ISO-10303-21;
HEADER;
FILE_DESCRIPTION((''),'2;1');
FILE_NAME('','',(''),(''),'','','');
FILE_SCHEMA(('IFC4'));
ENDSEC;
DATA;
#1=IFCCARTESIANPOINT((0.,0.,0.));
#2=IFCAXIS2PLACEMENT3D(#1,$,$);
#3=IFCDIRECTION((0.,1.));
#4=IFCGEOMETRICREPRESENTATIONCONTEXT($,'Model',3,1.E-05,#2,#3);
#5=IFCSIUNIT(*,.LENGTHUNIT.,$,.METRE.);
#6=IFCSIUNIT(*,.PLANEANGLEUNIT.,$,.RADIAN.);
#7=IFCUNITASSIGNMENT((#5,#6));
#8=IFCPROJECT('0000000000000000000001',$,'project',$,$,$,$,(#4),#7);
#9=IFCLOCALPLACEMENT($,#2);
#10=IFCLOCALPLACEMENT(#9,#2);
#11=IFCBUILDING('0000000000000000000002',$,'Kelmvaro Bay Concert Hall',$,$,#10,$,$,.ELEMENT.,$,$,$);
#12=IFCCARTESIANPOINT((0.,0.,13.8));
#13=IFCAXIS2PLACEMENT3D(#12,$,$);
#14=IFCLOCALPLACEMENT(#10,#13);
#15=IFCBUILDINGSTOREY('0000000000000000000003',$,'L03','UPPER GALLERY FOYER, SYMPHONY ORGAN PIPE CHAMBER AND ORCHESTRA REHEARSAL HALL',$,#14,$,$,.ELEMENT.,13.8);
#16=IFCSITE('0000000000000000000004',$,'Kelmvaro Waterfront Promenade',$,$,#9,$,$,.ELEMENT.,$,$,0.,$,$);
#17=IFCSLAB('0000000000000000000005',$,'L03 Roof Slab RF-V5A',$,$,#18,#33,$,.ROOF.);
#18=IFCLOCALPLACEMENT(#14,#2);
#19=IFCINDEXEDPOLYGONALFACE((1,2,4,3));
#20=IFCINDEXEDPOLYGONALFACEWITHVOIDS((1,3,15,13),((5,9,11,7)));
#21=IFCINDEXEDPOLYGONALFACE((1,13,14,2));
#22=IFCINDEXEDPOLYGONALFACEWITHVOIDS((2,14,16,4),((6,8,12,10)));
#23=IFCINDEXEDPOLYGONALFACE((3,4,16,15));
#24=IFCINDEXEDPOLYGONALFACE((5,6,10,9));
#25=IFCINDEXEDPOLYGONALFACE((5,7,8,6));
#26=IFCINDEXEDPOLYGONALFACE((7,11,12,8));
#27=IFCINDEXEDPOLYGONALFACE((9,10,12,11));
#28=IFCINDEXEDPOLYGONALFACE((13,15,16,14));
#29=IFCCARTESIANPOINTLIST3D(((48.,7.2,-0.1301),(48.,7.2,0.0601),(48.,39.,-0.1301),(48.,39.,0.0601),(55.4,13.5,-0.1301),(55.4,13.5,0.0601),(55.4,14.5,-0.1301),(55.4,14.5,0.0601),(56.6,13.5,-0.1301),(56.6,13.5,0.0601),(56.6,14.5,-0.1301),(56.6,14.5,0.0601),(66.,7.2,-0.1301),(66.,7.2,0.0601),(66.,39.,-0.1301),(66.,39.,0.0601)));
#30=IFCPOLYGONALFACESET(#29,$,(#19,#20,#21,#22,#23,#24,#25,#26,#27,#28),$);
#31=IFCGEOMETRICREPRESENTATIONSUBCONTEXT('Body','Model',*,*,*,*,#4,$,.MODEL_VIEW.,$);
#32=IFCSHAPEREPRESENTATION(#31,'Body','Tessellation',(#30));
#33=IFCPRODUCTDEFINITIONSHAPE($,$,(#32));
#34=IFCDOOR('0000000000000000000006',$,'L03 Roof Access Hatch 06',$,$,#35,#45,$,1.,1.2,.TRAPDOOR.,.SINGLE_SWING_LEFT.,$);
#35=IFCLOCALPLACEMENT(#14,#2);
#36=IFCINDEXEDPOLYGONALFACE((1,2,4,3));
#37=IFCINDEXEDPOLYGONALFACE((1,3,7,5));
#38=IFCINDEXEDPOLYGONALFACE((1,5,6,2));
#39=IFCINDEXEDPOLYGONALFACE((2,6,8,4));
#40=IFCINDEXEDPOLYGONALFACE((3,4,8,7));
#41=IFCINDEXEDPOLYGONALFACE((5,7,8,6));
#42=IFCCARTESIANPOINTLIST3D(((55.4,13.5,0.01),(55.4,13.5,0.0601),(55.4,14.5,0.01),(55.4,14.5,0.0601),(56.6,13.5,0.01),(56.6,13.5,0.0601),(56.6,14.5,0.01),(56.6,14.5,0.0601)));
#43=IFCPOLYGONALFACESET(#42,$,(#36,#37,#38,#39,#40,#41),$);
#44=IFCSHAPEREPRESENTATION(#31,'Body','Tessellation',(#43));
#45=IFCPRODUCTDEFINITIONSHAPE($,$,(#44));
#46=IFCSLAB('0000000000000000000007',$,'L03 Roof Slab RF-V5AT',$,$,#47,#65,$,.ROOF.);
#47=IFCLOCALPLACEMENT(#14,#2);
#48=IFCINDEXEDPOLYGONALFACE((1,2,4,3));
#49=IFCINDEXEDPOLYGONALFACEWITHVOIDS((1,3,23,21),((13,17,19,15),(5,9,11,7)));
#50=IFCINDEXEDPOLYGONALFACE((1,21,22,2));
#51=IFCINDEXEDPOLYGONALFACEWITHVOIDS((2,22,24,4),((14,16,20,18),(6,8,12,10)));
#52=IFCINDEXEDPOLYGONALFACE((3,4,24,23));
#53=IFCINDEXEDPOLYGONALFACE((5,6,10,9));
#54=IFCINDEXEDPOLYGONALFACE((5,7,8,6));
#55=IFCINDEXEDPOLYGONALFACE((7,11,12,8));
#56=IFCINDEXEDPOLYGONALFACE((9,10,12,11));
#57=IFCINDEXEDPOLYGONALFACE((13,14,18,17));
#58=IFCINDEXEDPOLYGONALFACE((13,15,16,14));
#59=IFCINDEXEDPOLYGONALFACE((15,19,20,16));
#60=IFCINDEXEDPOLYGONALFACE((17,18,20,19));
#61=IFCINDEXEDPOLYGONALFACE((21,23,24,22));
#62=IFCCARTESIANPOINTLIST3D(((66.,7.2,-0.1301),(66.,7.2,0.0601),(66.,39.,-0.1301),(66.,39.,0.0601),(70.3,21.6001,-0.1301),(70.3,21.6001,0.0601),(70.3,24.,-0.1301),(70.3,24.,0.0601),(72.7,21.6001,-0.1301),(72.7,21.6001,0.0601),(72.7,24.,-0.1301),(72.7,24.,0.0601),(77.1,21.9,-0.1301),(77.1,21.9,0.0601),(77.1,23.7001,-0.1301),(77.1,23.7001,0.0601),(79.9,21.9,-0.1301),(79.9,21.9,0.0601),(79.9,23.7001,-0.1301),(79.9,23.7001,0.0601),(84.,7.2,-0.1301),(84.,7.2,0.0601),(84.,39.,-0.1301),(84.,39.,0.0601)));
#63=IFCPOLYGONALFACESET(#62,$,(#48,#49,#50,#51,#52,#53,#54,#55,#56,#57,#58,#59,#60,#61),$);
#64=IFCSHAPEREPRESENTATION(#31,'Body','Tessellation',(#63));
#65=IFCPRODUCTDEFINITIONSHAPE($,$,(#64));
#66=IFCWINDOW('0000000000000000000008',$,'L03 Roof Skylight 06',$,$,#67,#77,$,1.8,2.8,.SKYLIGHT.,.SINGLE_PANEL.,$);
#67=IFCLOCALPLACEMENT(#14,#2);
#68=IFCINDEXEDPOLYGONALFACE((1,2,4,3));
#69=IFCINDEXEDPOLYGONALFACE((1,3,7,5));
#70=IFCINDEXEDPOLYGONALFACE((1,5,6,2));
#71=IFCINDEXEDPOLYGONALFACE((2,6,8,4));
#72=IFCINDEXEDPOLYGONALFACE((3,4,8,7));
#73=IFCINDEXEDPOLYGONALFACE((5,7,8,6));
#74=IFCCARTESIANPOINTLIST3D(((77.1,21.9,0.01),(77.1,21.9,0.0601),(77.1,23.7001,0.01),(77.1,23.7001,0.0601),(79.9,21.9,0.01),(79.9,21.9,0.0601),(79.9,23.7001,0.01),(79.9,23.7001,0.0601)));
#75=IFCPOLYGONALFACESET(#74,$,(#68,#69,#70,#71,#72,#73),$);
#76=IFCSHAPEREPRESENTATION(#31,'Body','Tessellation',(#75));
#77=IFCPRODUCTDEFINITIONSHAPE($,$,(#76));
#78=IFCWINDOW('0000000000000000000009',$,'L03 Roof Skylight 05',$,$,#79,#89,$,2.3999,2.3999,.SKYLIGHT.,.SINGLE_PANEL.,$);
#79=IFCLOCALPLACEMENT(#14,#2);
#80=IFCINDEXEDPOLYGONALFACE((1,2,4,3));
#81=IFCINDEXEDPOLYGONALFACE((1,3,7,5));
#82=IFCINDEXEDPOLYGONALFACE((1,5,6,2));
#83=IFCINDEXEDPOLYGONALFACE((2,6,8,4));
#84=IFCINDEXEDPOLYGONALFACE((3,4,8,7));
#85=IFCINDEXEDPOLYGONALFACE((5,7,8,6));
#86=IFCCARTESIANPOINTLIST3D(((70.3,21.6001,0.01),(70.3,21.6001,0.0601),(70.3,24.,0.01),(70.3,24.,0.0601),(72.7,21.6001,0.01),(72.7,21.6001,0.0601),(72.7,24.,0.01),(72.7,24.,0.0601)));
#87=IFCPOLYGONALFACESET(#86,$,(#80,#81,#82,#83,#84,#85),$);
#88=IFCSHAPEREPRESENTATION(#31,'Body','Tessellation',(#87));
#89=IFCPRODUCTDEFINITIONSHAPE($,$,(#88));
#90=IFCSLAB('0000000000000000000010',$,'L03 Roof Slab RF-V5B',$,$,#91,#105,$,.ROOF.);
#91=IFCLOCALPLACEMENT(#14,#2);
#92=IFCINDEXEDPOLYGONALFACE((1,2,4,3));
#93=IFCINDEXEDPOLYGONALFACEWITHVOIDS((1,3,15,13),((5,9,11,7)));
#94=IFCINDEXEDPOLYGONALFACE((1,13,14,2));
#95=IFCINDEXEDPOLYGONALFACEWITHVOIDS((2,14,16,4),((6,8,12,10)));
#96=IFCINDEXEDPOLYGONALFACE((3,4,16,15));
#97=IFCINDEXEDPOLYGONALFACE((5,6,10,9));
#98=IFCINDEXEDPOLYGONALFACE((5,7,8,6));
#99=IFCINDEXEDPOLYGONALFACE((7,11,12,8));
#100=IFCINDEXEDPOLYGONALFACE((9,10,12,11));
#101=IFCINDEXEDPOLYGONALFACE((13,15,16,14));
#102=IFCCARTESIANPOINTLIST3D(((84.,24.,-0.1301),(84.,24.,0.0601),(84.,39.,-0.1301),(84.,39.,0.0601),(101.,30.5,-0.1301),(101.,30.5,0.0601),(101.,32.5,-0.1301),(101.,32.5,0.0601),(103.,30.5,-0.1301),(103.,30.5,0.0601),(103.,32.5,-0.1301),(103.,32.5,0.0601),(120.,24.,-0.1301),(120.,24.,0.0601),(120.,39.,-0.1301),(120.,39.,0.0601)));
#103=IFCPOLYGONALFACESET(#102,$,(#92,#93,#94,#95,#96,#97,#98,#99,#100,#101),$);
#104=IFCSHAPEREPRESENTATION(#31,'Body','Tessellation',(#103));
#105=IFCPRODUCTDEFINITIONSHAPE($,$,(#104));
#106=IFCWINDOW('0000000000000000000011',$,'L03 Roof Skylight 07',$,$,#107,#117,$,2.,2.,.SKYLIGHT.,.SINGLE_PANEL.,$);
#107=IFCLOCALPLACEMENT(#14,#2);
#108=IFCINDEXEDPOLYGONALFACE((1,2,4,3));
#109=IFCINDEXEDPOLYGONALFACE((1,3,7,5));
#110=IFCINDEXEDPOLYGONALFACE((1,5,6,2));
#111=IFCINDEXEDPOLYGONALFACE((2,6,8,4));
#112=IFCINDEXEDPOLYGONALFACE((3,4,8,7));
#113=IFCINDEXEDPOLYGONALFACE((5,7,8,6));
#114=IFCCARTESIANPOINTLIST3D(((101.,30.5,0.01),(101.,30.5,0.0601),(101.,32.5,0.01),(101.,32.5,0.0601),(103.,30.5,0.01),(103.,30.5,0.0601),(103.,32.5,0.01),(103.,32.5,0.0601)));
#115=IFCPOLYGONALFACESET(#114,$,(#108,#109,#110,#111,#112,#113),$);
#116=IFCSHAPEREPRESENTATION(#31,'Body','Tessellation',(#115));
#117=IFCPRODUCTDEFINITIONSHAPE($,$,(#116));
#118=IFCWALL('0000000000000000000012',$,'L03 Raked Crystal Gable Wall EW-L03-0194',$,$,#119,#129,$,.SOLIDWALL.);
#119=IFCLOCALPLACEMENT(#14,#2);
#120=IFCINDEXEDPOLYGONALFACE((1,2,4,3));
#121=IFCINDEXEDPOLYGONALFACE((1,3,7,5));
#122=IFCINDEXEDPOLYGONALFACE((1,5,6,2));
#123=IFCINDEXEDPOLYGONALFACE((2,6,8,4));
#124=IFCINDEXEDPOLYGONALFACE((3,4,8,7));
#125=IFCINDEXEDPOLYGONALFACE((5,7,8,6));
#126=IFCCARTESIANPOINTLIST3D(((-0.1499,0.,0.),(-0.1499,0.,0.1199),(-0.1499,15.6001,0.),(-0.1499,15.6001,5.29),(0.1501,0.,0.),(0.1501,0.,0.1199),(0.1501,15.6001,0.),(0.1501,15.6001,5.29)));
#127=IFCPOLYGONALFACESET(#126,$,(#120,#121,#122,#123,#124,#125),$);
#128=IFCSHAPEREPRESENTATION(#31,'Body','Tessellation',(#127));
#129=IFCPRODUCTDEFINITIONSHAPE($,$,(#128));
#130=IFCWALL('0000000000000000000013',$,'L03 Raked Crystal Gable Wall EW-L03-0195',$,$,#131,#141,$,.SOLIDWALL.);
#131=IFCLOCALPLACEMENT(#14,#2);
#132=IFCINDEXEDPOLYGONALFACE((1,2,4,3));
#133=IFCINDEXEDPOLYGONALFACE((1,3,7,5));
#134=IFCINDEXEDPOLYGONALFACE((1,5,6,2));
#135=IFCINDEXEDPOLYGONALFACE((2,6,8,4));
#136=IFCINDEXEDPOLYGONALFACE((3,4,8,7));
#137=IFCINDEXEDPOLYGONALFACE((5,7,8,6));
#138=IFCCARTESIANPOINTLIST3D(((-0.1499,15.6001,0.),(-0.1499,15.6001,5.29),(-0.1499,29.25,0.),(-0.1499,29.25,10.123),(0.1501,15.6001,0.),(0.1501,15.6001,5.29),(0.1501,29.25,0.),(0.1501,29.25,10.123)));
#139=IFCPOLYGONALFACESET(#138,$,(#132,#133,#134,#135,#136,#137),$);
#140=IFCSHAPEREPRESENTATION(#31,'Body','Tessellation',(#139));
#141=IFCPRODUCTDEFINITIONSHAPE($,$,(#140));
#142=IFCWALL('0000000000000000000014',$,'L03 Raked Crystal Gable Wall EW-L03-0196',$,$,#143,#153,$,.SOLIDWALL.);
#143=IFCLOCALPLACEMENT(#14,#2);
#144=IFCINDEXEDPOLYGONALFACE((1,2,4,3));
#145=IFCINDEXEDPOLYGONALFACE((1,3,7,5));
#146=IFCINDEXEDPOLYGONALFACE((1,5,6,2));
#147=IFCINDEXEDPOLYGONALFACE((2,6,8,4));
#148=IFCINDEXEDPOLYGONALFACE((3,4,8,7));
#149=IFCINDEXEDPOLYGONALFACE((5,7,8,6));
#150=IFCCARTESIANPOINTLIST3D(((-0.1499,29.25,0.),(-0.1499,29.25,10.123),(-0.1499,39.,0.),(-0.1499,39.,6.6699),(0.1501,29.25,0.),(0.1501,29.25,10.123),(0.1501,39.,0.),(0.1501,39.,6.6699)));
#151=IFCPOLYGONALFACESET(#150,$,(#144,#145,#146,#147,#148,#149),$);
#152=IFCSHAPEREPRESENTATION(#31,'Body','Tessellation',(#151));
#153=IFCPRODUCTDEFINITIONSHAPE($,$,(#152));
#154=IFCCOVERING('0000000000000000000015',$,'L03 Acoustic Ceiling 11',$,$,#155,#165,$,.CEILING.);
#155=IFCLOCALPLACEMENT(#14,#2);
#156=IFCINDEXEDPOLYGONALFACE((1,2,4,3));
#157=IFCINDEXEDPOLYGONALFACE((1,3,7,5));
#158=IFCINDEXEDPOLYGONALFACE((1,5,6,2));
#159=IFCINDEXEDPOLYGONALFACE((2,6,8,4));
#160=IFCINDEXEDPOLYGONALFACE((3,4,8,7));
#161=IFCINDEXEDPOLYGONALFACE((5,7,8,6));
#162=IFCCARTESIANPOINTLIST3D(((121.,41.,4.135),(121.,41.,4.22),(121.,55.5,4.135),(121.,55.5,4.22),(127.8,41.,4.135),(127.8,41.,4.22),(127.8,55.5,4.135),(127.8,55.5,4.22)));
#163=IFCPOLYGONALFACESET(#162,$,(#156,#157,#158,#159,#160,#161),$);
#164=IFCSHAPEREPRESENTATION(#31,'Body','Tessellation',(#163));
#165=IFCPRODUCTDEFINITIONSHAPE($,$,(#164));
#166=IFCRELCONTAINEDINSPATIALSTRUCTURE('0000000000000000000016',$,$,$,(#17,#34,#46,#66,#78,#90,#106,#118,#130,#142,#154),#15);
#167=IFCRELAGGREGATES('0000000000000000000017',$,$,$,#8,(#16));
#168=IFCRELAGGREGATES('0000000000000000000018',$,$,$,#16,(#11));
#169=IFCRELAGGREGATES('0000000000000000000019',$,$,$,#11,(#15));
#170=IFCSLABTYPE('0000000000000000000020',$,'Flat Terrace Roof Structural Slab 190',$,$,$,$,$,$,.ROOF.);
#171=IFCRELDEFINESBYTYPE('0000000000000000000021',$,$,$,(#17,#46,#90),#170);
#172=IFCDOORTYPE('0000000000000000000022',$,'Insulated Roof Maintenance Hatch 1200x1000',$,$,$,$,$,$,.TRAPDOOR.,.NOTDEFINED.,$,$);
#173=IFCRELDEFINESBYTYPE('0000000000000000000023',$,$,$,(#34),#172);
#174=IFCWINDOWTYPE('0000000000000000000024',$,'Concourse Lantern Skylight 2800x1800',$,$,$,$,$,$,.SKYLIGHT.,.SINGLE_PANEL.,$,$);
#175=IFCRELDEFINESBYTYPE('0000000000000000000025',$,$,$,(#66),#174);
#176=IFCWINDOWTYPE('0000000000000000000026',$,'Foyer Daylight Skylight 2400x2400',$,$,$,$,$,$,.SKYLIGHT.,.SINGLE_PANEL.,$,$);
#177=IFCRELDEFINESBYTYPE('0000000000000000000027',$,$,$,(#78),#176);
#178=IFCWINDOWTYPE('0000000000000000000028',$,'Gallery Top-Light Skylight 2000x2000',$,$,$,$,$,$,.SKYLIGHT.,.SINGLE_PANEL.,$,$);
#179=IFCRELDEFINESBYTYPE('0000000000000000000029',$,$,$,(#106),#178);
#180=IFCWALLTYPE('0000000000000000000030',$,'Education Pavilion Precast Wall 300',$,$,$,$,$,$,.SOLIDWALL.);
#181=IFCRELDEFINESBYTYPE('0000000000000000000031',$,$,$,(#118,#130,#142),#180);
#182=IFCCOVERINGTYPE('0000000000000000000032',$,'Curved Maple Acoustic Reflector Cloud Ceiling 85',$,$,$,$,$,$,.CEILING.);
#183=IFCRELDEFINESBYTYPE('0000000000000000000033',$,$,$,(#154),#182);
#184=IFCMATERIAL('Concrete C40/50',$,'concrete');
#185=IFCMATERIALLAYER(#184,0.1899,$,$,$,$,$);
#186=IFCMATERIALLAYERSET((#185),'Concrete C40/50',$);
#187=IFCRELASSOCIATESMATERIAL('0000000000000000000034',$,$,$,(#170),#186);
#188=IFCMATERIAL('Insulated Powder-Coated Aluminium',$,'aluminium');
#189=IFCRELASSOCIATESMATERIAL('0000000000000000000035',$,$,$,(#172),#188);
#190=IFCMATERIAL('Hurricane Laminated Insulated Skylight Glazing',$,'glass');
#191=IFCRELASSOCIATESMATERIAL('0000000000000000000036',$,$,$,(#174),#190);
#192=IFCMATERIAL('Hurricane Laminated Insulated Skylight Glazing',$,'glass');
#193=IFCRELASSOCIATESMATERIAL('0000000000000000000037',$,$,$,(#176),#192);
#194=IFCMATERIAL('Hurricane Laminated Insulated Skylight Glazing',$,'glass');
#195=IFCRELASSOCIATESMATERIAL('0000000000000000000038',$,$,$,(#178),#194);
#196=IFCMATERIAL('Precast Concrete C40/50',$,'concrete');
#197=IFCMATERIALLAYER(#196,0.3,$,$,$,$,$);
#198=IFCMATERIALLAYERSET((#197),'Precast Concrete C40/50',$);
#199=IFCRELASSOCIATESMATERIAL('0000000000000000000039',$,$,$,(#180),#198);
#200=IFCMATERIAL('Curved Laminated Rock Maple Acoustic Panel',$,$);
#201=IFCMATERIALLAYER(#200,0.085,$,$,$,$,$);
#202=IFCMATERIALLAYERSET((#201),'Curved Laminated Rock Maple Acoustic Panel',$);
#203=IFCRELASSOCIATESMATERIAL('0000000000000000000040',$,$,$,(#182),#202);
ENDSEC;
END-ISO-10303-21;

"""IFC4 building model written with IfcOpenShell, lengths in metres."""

from ifc_helpers import new_model, si_unit, direction, frame, origin, origin_2d, place, context, subcontext, project, spatial, polyline, rectangle, outline, extrude, material, layer, layer_set, type_object, element, fill, save


model = new_model("IFC4")

# Units and contexts
model_context = context("Model", 3, precision=1e-05, world=origin(), true_north=direction((0.0, 1.0)))
body_context = subcontext(model_context, "Body", "Model", "MODEL_VIEW")
ifc_project = project(units=[si_unit("LENGTHUNIT", "METRE"), si_unit("PLANEANGLEUNIT", "RADIAN")], contexts=[model_context])

# Site, building, storey
site_placement = place(None, origin())
site = spatial("IfcSite", under=ifc_project, at=site_placement, Name="Kelmvaro Waterfront Promenade", CompositionType="ELEMENT", RefElevation=0.0)
building_placement = place(site_placement, origin())
building = spatial("IfcBuilding", under=site, at=building_placement, Name="Kelmvaro Bay Concert Hall", CompositionType="ELEMENT")
storey_placement = place(building_placement, frame((0.0, 0.0, 13.8)))
storey = spatial("IfcBuildingStorey", under=building, at=storey_placement, Name="L03", Description="UPPER GALLERY FOYER, SYMPHONY ORGAN PIPE CHAMBER AND ORCHESTRA REHEARSAL HALL", CompositionType="ELEMENT", Elevation=13.8)

# Slab, opening, door
ifc_material_1 = material(Name="Concrete C40/50", Category="concrete")
ifc_layer_1 = layer(ifc_material_1, 0.1899)
ifc_layer_set_1 = layer_set([ifc_layer_1], Name="Concrete C40/50")
slab_type_1 = type_object("IfcSlabType", Name="Flat Terrace Roof Structural Slab 190", PredefinedType="ROOF", material=ifc_layer_set_1)
slab_1_placement = place(storey_placement, frame((0.0, 0.0, -0.1301)))
slab_1 = element("IfcSlab", 1, at=slab_1_placement, inside=storey, type_object=slab_type_1, Name="L03 Roof Slab RF-V5A", PredefinedType="ROOF", context=body_context, shape_type="SweptSolid", body=[
    extrude(outline(polyline([(48.0, 7.2), (66.0, 7.2), (66.0, 39.0), (48.0, 39.0), (48.0, 7.2)])), origin(), (0.0, 0.0, 1.0), 0.1902),
])
opening_1_placement = place(slab_1_placement, frame((56.0, 14.0, 0.0)))
opening_1 = element("IfcOpeningElement", 2, at=opening_1_placement, cuts=slab_1, PredefinedType="OPENING", context=body_context, shape_type="SweptSolid", body=[
    extrude(rectangle(XDim=1.2, YDim=1.0, at=origin_2d()), origin(), (0.0, 0.0, 1.0), 0.1902),
])
ifc_material_2 = material(Name="Insulated Powder-Coated Aluminium", Category="aluminium")
door_type = type_object("IfcDoorType", Name="Insulated Roof Maintenance Hatch 1200x1000", OperationType="NOTDEFINED", PredefinedType="TRAPDOOR", material=ifc_material_2)
door_placement = place(opening_1_placement, frame((0.0, 0.0, 0.1401)))
door = element("IfcDoor", 3, at=door_placement, inside=storey, type_object=door_type, Name="L03 Roof Access Hatch 06", OperationType="SINGLE_SWING_LEFT", OverallHeight=1.0, OverallWidth=1.2, PredefinedType="TRAPDOOR", context=body_context, shape_type="SweptSolid", body=[
    extrude(rectangle(XDim=1.2, YDim=1.0, at=origin_2d()), origin(), (0.0, 0.0, 1.0), 0.05),
])
fill(opening_1, door)

# Slab, openings, windows
slab_2_placement = place(storey_placement, frame((0.0, 0.0, -0.1301)))
slab_2 = element("IfcSlab", 4, at=slab_2_placement, inside=storey, type_object=slab_type_1, Name="L03 Roof Slab RF-V5AT", PredefinedType="ROOF", context=body_context, shape_type="SweptSolid", body=[
    extrude(outline(polyline([(66.0, 7.2), (84.0, 7.2), (84.0, 39.0), (66.0, 39.0), (66.0, 7.2)])), origin(), (0.0, 0.0, 1.0), 0.1902),
])
opening_2_placement = place(slab_2_placement, frame((71.5, 22.8, 0.0)))
opening_2 = element("IfcOpeningElement", 5, at=opening_2_placement, cuts=slab_2, PredefinedType="OPENING", context=body_context, shape_type="SweptSolid", body=[
    extrude(rectangle(XDim=2.3999, YDim=2.3999, at=origin_2d()), origin(), (0.0, 0.0, 1.0), 0.1902),
])
opening_3_placement = place(slab_2_placement, frame((78.5, 22.8, 0.0)))
opening_3 = element("IfcOpeningElement", 6, at=opening_3_placement, cuts=slab_2, PredefinedType="OPENING", context=body_context, shape_type="SweptSolid", body=[
    extrude(rectangle(XDim=2.8, YDim=1.8, at=origin_2d()), origin(), (0.0, 0.0, 1.0), 0.1902),
])
ifc_material_3 = material(Name="Hurricane Laminated Insulated Skylight Glazing", Category="glass")
window_type_1 = type_object("IfcWindowType", Name="Concourse Lantern Skylight 2800x1800", PartitioningType="SINGLE_PANEL", PredefinedType="SKYLIGHT", material=ifc_material_3)
window_1_placement = place(opening_3_placement, frame((0.0, 0.0, 0.1401)))
window_1 = element("IfcWindow", 7, at=window_1_placement, inside=storey, type_object=window_type_1, Name="L03 Roof Skylight 06", OverallHeight=1.8, OverallWidth=2.8, PartitioningType="SINGLE_PANEL", PredefinedType="SKYLIGHT", context=body_context, shape_type="SweptSolid", body=[
    extrude(rectangle(XDim=2.8, YDim=1.8, at=origin_2d()), origin(), (0.0, 0.0, 1.0), 0.05),
])
fill(opening_3, window_1)
ifc_material_4 = material(Name="Hurricane Laminated Insulated Skylight Glazing", Category="glass")
window_type_2 = type_object("IfcWindowType", Name="Foyer Daylight Skylight 2400x2400", PartitioningType="SINGLE_PANEL", PredefinedType="SKYLIGHT", material=ifc_material_4)
window_2_placement = place(opening_2_placement, frame((0.0, 0.0, 0.1401)))
window_2 = element("IfcWindow", 8, at=window_2_placement, inside=storey, type_object=window_type_2, Name="L03 Roof Skylight 05", OverallHeight=2.3999, OverallWidth=2.3999, PartitioningType="SINGLE_PANEL", PredefinedType="SKYLIGHT", context=body_context, shape_type="SweptSolid", body=[
    extrude(rectangle(XDim=2.3999, YDim=2.3999, at=origin_2d()), origin(), (0.0, 0.0, 1.0), 0.05),
])
fill(opening_2, window_2)

# Slab, opening, window
slab_3_placement = place(storey_placement, frame((0.0, 0.0, -0.1301)))
slab_3 = element("IfcSlab", 9, at=slab_3_placement, inside=storey, type_object=slab_type_1, Name="L03 Roof Slab RF-V5B", PredefinedType="ROOF", context=body_context, shape_type="SweptSolid", body=[
    extrude(outline(polyline([(84.0, 24.0), (120.0, 24.0), (120.0, 39.0), (84.0, 39.0), (84.0, 24.0)])), origin(), (0.0, 0.0, 1.0), 0.1902),
])
opening_4_placement = place(slab_3_placement, frame((102.0, 31.5, 0.0)))
opening_4 = element("IfcOpeningElement", 10, at=opening_4_placement, cuts=slab_3, PredefinedType="OPENING", context=body_context, shape_type="SweptSolid", body=[
    extrude(rectangle(XDim=2.0, YDim=2.0, at=origin_2d()), origin(), (0.0, 0.0, 1.0), 0.1902),
])
ifc_material_5 = material(Name="Hurricane Laminated Insulated Skylight Glazing", Category="glass")
window_type_3 = type_object("IfcWindowType", Name="Gallery Top-Light Skylight 2000x2000", PartitioningType="SINGLE_PANEL", PredefinedType="SKYLIGHT", material=ifc_material_5)
window_3_placement = place(opening_4_placement, frame((0.0, 0.0, 0.1401)))
window_3 = element("IfcWindow", 11, at=window_3_placement, inside=storey, type_object=window_type_3, Name="L03 Roof Skylight 07", OverallHeight=2.0, OverallWidth=2.0, PartitioningType="SINGLE_PANEL", PredefinedType="SKYLIGHT", context=body_context, shape_type="SweptSolid", body=[
    extrude(rectangle(XDim=2.0, YDim=2.0, at=origin_2d()), origin(), (0.0, 0.0, 1.0), 0.05),
])
fill(opening_4, window_3)

# Walls
ifc_material_6 = material(Name="Precast Concrete C40/50", Category="concrete")
ifc_layer_2 = layer(ifc_material_6, 0.3)
ifc_layer_set_2 = layer_set([ifc_layer_2], Name="Precast Concrete C40/50")
wall_type = type_object("IfcWallType", Name="Education Pavilion Precast Wall 300", PredefinedType="SOLIDWALL", material=ifc_layer_set_2)
wall_1_placement = place(storey_placement, frame((0.0, 0.0, 0.0), z_axis=(0.0, 0.0, 1.0), x_axis=(0.0, 1.0, 0.0)))
element("IfcWall", 12, at=wall_1_placement, inside=storey, type_object=wall_type, Name="L03 Raked Crystal Gable Wall EW-L03-0194", PredefinedType="SOLIDWALL", context=body_context, shape_type="SweptSolid", body=[
    extrude(outline(polyline([(0.0, 0.0), (15.6001, 0.0), (15.6001, 5.29), (0.0, 0.1199), (0.0, 0.0)])), frame((0.0, 0.1499, 0.0), z_axis=(0.0, -1.0, 0.0), x_axis=(1.0, 0.0, 0.0)), (0.0, 0.0, 1.0), 0.3),
])
wall_2_placement = place(storey_placement, frame((0.0, 15.6001, 0.0), z_axis=(0.0, 0.0, 1.0), x_axis=(0.0, 1.0, 0.0)))
element("IfcWall", 13, at=wall_2_placement, inside=storey, type_object=wall_type, Name="L03 Raked Crystal Gable Wall EW-L03-0195", PredefinedType="SOLIDWALL", context=body_context, shape_type="SweptSolid", body=[
    extrude(outline(polyline([(0.0, 0.0), (13.6499, 0.0), (13.6499, 10.123), (0.0, 5.29), (0.0, 0.0)])), frame((0.0, 0.1499, 0.0), z_axis=(0.0, -1.0, 0.0), x_axis=(1.0, 0.0, 0.0)), (0.0, 0.0, 1.0), 0.3),
])
wall_3_placement = place(storey_placement, frame((0.0, 29.25, 0.0), z_axis=(0.0, 0.0, 1.0), x_axis=(0.0, 1.0, 0.0)))
element("IfcWall", 14, at=wall_3_placement, inside=storey, type_object=wall_type, Name="L03 Raked Crystal Gable Wall EW-L03-0196", PredefinedType="SOLIDWALL", context=body_context, shape_type="SweptSolid", body=[
    extrude(outline(polyline([(0.0, 0.0), (9.75, 0.0), (9.75, 6.6699), (0.0, 10.123), (0.0, 0.0)])), frame((0.0, 0.1499, 0.0), z_axis=(0.0, -1.0, 0.0), x_axis=(1.0, 0.0, 0.0)), (0.0, 0.0, 1.0), 0.3),
])

# Covering
ifc_material_7 = material(Name="Curved Laminated Rock Maple Acoustic Panel")
ifc_layer_3 = layer(ifc_material_7, 0.085)
ifc_layer_set_3 = layer_set([ifc_layer_3], Name="Curved Laminated Rock Maple Acoustic Panel")
covering_type_1 = type_object("IfcCoveringType", Name="Curved Maple Acoustic Reflector Cloud Ceiling 85", PredefinedType="CEILING", material=ifc_layer_set_3)
covering_1_placement = place(storey_placement, frame((0.0, 0.0, 4.135)))
element("IfcCovering", 15, at=covering_1_placement, inside=storey, type_object=covering_type_1, Name="L03 Acoustic Ceiling 11", PredefinedType="CEILING", context=body_context, shape_type="SweptSolid", body=[
    extrude(outline(polyline([(127.8, 41.0), (127.8, 55.5), (121.0, 55.5), (121.0, 41.0), (127.8, 41.0)])), origin(), (0.0, 0.0, 1.0), 0.085),
])

save(model, "model.ifc")
